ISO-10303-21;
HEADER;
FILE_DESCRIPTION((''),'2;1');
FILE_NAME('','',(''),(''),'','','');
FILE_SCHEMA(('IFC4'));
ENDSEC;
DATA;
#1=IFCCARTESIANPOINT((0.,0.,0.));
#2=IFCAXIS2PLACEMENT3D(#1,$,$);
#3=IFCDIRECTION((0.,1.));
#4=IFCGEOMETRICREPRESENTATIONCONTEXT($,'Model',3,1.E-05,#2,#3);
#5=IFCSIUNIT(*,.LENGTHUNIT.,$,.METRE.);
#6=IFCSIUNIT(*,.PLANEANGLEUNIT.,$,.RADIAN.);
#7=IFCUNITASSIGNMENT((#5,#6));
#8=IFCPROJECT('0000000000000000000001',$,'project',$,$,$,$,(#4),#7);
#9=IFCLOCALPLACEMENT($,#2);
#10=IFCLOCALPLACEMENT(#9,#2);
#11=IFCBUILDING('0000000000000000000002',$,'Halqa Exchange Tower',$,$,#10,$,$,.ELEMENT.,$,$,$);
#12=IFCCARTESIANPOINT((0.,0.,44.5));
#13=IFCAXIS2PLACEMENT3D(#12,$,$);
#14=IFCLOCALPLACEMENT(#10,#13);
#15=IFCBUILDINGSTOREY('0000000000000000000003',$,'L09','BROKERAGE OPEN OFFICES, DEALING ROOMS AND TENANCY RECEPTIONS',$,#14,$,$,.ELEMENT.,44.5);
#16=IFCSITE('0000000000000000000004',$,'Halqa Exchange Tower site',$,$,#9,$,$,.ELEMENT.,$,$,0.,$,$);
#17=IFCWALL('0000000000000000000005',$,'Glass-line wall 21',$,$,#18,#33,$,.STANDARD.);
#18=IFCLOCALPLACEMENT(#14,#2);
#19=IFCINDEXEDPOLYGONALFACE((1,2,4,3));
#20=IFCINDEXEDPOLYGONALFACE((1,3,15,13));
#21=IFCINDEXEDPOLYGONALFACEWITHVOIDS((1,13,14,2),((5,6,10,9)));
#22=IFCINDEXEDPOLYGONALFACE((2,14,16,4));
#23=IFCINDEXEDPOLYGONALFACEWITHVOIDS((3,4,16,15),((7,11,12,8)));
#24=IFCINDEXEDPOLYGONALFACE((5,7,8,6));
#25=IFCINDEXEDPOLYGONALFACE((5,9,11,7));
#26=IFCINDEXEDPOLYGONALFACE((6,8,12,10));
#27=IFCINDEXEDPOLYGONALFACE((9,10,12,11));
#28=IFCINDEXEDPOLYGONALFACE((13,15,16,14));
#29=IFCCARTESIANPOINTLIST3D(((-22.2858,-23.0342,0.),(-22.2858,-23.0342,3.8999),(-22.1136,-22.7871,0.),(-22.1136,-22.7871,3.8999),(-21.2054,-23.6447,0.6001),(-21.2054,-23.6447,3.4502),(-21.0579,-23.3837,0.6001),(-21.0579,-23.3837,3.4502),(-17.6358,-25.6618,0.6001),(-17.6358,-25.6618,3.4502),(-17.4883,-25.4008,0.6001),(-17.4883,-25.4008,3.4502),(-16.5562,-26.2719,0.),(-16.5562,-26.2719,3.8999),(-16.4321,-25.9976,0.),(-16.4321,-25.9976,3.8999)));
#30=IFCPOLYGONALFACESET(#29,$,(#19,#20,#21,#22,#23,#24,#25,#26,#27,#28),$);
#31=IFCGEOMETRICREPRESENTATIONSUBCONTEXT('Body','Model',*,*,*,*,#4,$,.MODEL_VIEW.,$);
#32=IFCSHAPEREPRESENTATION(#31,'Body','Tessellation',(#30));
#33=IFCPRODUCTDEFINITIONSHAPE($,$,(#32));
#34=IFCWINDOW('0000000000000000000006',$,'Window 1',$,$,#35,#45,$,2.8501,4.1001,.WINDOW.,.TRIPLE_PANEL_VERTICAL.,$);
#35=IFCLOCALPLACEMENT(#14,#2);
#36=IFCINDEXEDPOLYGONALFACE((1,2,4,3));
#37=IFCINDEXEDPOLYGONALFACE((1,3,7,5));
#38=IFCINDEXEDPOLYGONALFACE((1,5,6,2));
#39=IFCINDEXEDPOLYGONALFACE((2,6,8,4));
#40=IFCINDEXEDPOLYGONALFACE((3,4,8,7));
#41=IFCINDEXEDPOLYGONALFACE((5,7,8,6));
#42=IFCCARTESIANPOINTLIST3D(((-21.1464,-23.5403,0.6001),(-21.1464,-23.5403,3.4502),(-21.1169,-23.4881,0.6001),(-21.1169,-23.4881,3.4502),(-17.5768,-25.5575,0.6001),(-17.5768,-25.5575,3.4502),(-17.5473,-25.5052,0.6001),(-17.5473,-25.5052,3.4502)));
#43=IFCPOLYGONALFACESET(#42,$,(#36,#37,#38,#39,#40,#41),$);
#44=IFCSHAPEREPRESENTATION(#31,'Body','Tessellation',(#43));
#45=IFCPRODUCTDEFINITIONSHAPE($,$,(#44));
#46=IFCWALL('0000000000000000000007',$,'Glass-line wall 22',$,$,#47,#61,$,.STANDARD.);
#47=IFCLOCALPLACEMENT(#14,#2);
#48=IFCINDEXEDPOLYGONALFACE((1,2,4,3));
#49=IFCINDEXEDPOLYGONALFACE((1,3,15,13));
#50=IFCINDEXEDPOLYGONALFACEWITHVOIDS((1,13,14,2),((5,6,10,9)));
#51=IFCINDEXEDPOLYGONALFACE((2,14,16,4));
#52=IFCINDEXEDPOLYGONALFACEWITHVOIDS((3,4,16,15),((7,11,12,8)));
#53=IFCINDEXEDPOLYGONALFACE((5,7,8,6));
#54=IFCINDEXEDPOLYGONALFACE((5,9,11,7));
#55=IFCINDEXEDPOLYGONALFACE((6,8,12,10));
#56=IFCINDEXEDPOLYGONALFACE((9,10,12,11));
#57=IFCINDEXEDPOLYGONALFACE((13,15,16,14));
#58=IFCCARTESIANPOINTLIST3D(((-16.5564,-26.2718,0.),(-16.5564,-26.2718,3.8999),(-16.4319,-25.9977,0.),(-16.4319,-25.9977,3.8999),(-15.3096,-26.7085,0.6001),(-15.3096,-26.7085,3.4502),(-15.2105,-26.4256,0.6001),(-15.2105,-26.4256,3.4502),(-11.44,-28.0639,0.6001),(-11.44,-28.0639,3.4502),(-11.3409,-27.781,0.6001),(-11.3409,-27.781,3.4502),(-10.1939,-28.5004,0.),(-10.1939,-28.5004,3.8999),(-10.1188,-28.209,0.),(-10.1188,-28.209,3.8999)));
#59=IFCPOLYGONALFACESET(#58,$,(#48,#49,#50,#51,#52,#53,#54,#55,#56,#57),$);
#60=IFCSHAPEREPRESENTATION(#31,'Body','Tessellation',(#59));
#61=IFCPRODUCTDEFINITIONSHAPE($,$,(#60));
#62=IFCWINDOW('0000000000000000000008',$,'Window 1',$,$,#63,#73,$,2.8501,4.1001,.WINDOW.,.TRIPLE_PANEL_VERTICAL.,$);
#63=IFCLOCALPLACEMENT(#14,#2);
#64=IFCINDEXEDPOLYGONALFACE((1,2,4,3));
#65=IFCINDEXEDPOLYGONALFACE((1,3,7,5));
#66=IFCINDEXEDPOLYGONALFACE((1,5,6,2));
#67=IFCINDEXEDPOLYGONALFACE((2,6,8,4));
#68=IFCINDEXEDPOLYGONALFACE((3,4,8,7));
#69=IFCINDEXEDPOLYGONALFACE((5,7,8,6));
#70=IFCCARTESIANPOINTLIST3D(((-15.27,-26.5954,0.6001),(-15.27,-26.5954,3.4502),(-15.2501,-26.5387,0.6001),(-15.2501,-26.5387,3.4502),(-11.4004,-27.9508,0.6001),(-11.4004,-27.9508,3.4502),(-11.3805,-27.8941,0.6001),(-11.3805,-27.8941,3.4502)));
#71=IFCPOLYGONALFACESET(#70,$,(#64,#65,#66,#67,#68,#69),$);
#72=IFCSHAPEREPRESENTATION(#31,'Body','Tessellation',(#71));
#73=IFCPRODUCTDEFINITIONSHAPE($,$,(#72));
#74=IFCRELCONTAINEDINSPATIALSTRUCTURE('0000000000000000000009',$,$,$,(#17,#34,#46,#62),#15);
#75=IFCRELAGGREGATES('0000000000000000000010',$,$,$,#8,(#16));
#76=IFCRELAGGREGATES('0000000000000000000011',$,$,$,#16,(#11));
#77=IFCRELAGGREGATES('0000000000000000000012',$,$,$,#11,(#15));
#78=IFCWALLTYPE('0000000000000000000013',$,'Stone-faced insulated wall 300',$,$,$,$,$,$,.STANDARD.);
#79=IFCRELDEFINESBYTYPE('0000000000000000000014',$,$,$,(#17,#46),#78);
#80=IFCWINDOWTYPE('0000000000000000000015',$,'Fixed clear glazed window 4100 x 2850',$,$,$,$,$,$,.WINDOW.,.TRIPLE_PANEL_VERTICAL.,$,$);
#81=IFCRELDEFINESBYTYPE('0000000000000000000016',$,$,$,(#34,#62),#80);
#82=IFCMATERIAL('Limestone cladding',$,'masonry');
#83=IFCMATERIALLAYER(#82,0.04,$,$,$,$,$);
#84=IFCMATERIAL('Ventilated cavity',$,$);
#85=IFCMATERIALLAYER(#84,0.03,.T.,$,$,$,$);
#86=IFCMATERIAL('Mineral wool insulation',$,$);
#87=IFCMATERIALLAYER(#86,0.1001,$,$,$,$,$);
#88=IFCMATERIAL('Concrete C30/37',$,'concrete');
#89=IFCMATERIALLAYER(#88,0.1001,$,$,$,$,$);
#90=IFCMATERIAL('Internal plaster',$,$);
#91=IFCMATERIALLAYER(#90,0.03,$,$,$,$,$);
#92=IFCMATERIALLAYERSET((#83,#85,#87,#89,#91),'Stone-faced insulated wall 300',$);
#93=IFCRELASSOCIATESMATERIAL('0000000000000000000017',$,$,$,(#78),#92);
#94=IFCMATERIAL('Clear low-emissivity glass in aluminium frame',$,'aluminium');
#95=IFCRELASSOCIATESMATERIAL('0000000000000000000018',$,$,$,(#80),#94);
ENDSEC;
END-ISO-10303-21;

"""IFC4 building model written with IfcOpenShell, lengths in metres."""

from ifc_helpers import new_model, si_unit, direction, frame, frame_2d, origin, place, context, subcontext, project, spatial, polyline, rectangle, outline, extrude, material, layer, layer_set, type_object, element, fill, save


model = new_model("IFC4")

# Units and contexts
model_context = context("Model", 3, precision=1e-05, world=origin(), true_north=direction((0.0, 1.0)))
body_context = subcontext(model_context, "Body", "Model", "MODEL_VIEW")
ifc_project = project(units=[si_unit("LENGTHUNIT", "METRE"), si_unit("PLANEANGLEUNIT", "RADIAN")], contexts=[model_context])

# Site, building, storey
site_placement = place(None, origin())
site = spatial("IfcSite", under=ifc_project, at=site_placement, Name="Halqa Exchange Tower site", CompositionType="ELEMENT", RefElevation=0.0)
building_placement = place(site_placement, origin())
building = spatial("IfcBuilding", under=site, at=building_placement, Name="Halqa Exchange Tower", CompositionType="ELEMENT")
storey_placement = place(building_placement, frame((0.0, 0.0, 44.5)))
storey = spatial("IfcBuildingStorey", under=building, at=storey_placement, Name="L09", Description="BROKERAGE OPEN OFFICES, DEALING ROOMS AND TENANCY RECEPTIONS", CompositionType="ELEMENT", Elevation=44.5)

# Shared definitions
ifc_material_1 = material(Name="Limestone cladding", Category="masonry")
ifc_layer_1 = layer(ifc_material_1, 0.04)
ifc_material_2 = material(Name="Ventilated cavity")
ifc_layer_2 = layer(ifc_material_2, 0.03, ventilated=True)
ifc_material_3 = material(Name="Mineral wool insulation")
ifc_layer_3 = layer(ifc_material_3, 0.1001)
ifc_material_4 = material(Name="Concrete C30/37", Category="concrete")
ifc_layer_4 = layer(ifc_material_4, 0.1001)
ifc_material_5 = material(Name="Internal plaster")
ifc_layer_5 = layer(ifc_material_5, 0.03)
ifc_layer_set_1 = layer_set([ifc_layer_1, ifc_layer_2, ifc_layer_3, ifc_layer_4, ifc_layer_5], Name="Stone-faced insulated wall 300")
wall_type_1 = type_object("IfcWallType", Name="Stone-faced insulated wall 300", PredefinedType="STANDARD", material=ifc_layer_set_1)
ifc_material_6 = material(Name="Clear low-emissivity glass in aluminium frame", Category="aluminium")

# Walls, openings, windows
wall_1_placement = place(storey_placement, frame((-22.1997, -22.9106, 0.0), z_axis=(0.0, 0.0, 1.0), x_axis=(0.870613, -0.491969, 0.0)))
wall_1 = element("IfcWall", 1, at=wall_1_placement, inside=storey, type_object=wall_type_1, Name="Glass-line wall 21", PredefinedType="STANDARD", context=body_context, shape_type="SweptSolid", body=[
    extrude(outline(polyline([(-0.0142, -0.1499), (6.5669, -0.1499), (6.54, 0.1499), (0.0142, 0.1499), (-0.0142, -0.1499)])), origin(), (0.0, 0.0, 1.0), 3.8999),
])
opening_1_placement = place(wall_1_placement, frame((1.2268, 0.0, 0.6001)))
opening_1 = element("IfcOpeningElement", 2, at=opening_1_placement, cuts=wall_1, PredefinedType="OPENING", context=body_context, shape_type="SweptSolid", body=[
    extrude(rectangle(XDim=4.1001, YDim=2.8501, at=frame_2d((2.05, 1.425))), frame((0.0, 0.1621, 0.0), z_axis=(0.0, -1.0, 0.0), x_axis=(1.0, 0.0, 0.0)), (0.0, 0.0, 1.0), 0.324),
])
window_type = type_object("IfcWindowType", Name="Fixed clear glazed window 4100 x 2850", PartitioningType="TRIPLE_PANEL_VERTICAL", PredefinedType="WINDOW", material=ifc_material_6)
window_1_placement = place(opening_1_placement, origin())
window_1 = element("IfcWindow", 3, at=window_1_placement, inside=storey, type_object=window_type, Name="Window 1", OverallHeight=2.8501, OverallWidth=4.1001, PartitioningType="TRIPLE_PANEL_VERTICAL", PredefinedType="WINDOW", context=body_context, shape_type="SweptSolid", body=[
    extrude(rectangle(XDim=4.1001, YDim=2.8501, at=frame_2d((2.05, 1.425))), frame((0.0, 0.03, 0.0), z_axis=(0.0, -1.0, 0.0), x_axis=(1.0, 0.0, 0.0)), (0.0, 0.0, 1.0), 0.0601),
])
fill(opening_1, window_1)
wall_2_placement = place(storey_placement, frame((-16.4941, -26.1348, 0.0), z_axis=(0.0, 0.0, 1.0), x_axis=(0.943779, -0.330577, 0.0)))
wall_2 = element("IfcWall", 4, at=wall_2_placement, inside=storey, type_object=wall_type_1, Name="Glass-line wall 22", PredefinedType="STANDARD", context=body_context, shape_type="SweptSolid", body=[
    extrude(outline(polyline([(-0.0134, -0.1499), (6.728, -0.1499), (6.7026, 0.1499), (0.0134, 0.1499), (-0.0134, -0.1499)])), origin(), (0.0, 0.0, 1.0), 3.8999),
])
opening_2_placement = place(wall_2_placement, frame((1.3076, 0.0, 0.6001)))
opening_2 = element("IfcOpeningElement", 5, at=opening_2_placement, cuts=wall_2, PredefinedType="OPENING", context=body_context, shape_type="SweptSolid", body=[
    extrude(rectangle(XDim=4.1001, YDim=2.8501, at=frame_2d((2.05, 1.425))), frame((0.0, 0.1621, 0.0), z_axis=(0.0, -1.0, 0.0), x_axis=(1.0, 0.0, 0.0)), (0.0, 0.0, 1.0), 0.324),
])
window_2_placement = place(opening_2_placement, origin())
window_2 = element("IfcWindow", 6, at=window_2_placement, inside=storey, type_object=window_type, Name="Window 1", OverallHeight=2.8501, OverallWidth=4.1001, PartitioningType="TRIPLE_PANEL_VERTICAL", PredefinedType="WINDOW", context=body_context, shape_type="SweptSolid", body=[
    extrude(rectangle(XDim=4.1001, YDim=2.8501, at=frame_2d((2.05, 1.425))), frame((0.0, 0.03, 0.0), z_axis=(0.0, -1.0, 0.0), x_axis=(1.0, 0.0, 0.0)), (0.0, 0.0, 1.0), 0.0601),
])
fill(opening_2, window_2)

save(model, "model.ifc")
